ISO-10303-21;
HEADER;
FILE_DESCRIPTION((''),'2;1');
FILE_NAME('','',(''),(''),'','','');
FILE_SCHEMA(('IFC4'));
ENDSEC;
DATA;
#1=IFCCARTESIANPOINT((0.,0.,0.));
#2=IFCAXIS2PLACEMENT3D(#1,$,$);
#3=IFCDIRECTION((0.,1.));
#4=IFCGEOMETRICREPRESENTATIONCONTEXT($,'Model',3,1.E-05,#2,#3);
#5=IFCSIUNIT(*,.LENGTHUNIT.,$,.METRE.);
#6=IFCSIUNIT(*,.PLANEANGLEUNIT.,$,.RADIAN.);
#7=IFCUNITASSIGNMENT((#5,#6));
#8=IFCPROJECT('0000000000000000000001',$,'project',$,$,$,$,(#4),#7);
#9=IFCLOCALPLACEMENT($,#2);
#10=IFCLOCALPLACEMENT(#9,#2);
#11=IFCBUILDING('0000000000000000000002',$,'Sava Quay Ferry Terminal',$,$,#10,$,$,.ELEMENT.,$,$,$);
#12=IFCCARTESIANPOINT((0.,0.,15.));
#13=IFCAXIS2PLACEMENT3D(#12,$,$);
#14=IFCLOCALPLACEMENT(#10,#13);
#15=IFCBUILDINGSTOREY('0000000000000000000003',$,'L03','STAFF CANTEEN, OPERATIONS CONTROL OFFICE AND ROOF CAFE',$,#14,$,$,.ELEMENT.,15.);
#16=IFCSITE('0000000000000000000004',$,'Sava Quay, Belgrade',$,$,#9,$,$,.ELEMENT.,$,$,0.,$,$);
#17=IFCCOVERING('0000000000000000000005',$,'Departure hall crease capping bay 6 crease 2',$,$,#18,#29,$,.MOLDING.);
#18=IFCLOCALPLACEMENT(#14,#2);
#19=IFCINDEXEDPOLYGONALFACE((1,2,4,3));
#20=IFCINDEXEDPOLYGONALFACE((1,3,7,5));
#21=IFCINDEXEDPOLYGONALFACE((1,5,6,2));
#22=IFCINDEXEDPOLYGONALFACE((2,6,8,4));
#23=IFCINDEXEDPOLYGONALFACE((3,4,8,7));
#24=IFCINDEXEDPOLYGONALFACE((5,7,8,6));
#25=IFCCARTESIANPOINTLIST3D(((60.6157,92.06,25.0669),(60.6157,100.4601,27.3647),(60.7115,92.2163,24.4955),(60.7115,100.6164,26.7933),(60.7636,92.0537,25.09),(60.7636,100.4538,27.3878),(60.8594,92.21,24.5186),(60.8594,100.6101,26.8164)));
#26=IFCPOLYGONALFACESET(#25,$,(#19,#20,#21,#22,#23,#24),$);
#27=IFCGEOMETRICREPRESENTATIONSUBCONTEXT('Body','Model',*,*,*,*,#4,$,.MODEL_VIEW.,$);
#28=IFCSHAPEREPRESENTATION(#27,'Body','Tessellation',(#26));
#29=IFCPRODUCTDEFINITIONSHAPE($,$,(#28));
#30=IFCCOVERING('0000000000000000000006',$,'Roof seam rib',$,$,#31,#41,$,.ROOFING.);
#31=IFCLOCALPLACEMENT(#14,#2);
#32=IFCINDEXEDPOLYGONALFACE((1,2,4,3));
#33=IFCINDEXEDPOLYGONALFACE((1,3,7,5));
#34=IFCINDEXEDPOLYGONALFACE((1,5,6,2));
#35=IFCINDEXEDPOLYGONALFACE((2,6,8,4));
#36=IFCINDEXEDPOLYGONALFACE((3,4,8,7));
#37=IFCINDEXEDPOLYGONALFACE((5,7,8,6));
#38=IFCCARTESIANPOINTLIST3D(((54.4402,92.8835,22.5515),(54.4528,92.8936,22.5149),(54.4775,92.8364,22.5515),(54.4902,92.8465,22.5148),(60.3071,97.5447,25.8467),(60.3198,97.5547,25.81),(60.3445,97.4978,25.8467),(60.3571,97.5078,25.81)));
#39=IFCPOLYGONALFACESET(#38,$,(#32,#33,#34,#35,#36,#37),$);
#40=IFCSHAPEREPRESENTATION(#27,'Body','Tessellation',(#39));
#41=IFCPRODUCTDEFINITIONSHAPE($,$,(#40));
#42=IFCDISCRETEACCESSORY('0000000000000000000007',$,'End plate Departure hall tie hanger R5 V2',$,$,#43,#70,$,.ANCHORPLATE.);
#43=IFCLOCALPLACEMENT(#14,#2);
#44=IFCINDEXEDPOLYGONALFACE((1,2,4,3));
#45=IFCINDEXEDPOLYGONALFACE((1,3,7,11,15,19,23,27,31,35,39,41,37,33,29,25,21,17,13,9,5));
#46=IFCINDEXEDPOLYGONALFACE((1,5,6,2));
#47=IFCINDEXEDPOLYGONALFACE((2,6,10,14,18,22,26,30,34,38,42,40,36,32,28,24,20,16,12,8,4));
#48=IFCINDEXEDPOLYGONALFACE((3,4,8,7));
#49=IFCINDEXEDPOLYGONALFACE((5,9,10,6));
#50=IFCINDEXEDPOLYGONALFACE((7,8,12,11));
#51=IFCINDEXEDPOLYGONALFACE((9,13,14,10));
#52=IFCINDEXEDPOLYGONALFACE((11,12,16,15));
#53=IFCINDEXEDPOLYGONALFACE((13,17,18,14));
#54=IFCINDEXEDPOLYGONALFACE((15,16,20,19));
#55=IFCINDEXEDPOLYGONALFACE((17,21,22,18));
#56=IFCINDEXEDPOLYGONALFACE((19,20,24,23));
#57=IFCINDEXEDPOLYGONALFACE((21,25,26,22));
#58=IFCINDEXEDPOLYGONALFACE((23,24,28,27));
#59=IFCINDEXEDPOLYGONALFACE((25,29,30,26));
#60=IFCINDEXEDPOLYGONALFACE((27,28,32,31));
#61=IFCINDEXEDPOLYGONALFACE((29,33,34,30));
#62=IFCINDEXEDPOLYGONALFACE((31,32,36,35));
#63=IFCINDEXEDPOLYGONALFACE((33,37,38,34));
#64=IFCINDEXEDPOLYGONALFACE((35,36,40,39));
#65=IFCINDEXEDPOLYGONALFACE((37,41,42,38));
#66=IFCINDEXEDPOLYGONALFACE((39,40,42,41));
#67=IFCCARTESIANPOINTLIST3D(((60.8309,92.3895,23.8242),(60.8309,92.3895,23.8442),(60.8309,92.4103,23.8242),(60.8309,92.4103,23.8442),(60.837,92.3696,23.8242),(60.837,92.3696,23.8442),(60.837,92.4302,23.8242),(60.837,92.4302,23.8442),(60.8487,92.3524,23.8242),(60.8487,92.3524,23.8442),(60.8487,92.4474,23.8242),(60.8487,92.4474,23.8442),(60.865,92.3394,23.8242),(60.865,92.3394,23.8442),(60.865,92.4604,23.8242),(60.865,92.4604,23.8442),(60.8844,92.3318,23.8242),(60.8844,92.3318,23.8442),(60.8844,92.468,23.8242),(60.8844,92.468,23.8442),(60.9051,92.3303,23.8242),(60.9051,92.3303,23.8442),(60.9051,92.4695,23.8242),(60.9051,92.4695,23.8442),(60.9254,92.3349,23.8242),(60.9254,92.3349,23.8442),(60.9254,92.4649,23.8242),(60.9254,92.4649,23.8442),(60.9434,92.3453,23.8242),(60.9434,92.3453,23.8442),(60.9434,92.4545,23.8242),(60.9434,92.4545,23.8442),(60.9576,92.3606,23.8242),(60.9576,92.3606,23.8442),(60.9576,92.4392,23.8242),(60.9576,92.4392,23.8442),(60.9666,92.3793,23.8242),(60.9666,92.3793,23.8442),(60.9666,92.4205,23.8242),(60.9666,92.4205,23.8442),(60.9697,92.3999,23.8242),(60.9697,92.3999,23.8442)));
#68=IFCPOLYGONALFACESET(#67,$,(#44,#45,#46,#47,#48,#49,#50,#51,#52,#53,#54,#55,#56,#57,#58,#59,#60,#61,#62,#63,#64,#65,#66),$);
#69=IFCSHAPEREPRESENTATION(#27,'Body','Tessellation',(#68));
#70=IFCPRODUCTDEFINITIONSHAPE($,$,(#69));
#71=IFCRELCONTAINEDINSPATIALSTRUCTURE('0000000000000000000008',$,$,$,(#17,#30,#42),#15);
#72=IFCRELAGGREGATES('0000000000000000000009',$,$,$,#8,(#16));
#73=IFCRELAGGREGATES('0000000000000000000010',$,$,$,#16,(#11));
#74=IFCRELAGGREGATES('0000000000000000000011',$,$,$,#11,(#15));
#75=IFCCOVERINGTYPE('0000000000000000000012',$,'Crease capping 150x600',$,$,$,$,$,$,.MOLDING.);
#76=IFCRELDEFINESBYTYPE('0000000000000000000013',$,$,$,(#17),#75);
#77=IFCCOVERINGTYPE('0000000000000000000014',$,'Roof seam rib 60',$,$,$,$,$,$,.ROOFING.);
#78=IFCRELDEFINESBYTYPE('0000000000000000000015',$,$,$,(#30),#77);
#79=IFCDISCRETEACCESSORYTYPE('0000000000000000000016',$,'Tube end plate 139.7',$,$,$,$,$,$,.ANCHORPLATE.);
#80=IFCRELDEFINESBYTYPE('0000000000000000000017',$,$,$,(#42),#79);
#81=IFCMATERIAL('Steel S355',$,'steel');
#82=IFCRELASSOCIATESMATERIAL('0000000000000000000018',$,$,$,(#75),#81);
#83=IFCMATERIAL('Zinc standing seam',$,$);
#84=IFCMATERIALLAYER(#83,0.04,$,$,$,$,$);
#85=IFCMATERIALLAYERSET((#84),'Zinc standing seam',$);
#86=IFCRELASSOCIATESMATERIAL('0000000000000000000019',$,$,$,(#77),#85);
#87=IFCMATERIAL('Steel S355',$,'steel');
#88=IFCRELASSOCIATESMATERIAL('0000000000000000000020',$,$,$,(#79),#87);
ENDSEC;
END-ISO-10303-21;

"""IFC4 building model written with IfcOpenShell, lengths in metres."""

from ifc_helpers import new_model, si_unit, direction, frame, origin, origin_2d, place, context, subcontext, project, spatial, polyline, rectangle, circle, outline, extrude, material, layer, layer_set, material_profile, profile_set, type_object, element, save


model = new_model("IFC4")

# Units and contexts
model_context = context("Model", 3, precision=1e-05, world=origin(), true_north=direction((0.0, 1.0)))
body_context = subcontext(model_context, "Body", "Model", "MODEL_VIEW")
ifc_project = project(units=[si_unit("LENGTHUNIT", "METRE"), si_unit("PLANEANGLEUNIT", "RADIAN")], contexts=[model_context])

# Site, building, storey
site_placement = place(None, origin())
site = spatial("IfcSite", under=ifc_project, at=site_placement, Name="Sava Quay, Belgrade", CompositionType="ELEMENT", RefElevation=0.0)
building_placement = place(site_placement, origin())
building = spatial("IfcBuilding", under=site, at=building_placement, Name="Sava Quay Ferry Terminal", CompositionType="ELEMENT")
storey_placement = place(building_placement, frame((0.0, 0.0, 15.0)))
storey = spatial("IfcBuildingStorey", under=building, at=storey_placement, Name="L03", Description="STAFF CANTEEN, OPERATIONS CONTROL OFFICE AND ROOF CAFE", CompositionType="ELEMENT", Elevation=15.0)

# Coverings
ifc_material_1 = material(Name="Steel S355", Category="steel")
ifc_material_profile_1 = material_profile(ifc_material_1, rectangle(XDim=0.1499, YDim=0.6001, at=origin_2d()), Name="Cap 150 x 600")
ifc_profile_set_1 = profile_set([ifc_material_profile_1], Name="Steel S355")
covering_type_1 = type_object("IfcCoveringType", Name="Crease capping 150x600", PredefinedType="MOLDING", material=ifc_profile_set_1)
covering_1_placement = place(storey_placement, frame((60.7375, 92.135, 24.7927), z_axis=(0.0, 0.964562, 0.263855), x_axis=(-0.987175, 0.042123, -0.153987)))
element("IfcCovering", 1, at=covering_1_placement, inside=storey, type_object=covering_type_1, Name="Departure hall crease capping bay 6 crease 2", PredefinedType="MOLDING", context=body_context, shape_type="SweptSolid", body=[
    extrude(rectangle(XDim=0.1499, YDim=0.6001, at=origin_2d()), origin(), (0.0, 0.0, 1.0), 8.7087),
])
ifc_material_2 = material(Name="Zinc standing seam")
ifc_layer_1 = layer(ifc_material_2, 0.04)
ifc_layer_set_1 = layer_set([ifc_layer_1], Name="Zinc standing seam")
covering_type_2 = type_object("IfcCoveringType", Name="Roof seam rib 60", PredefinedType="ROOFING", material=ifc_layer_set_1)
covering_2_placement = place(storey_placement, frame((54.4402, 92.8835, 22.5515), z_axis=(-0.315135, -0.250471, 0.915398), x_axis=(0.716734, 0.569426, 0.402549)))
element("IfcCovering", 2, at=covering_2_placement, inside=storey, type_object=covering_type_2, Name="Roof seam rib", PredefinedType="ROOFING", context=body_context, shape_type="SweptSolid", body=[
    extrude(outline(polyline([(0.0, 0.0), (8.1857, 0.0), (8.1858, -0.0599), (-0.0001, -0.0601), (0.0, 0.0)])), origin(), (0.0, 0.0, -1.0), 0.04),
])

# Discrete accessory
ifc_material_3 = material(Name="Steel S355", Category="steel")
ifc_material_profile_2 = material_profile(ifc_material_3, circle(Radius=0.0698, at=origin_2d()), Name="Plate 139.7 dia x 20")
ifc_profile_set_2 = profile_set([ifc_material_profile_2], Name="Steel S355")
discrete_accessory_type = type_object("IfcDiscreteAccessoryType", Name="Tube end plate 139.7", PredefinedType="ANCHORPLATE", material=ifc_profile_set_2)
discrete_accessory_placement = place(storey_placement, frame((60.8999, 92.3999, 23.8242), z_axis=(0.0, 0.0, 1.0), x_axis=(1.0, 0.0, 0.0)))
element("IfcDiscreteAccessory", 3, at=discrete_accessory_placement, inside=storey, type_object=discrete_accessory_type, Name="End plate Departure hall tie hanger R5 V2", PredefinedType="ANCHORPLATE", context=body_context, shape_type="SweptSolid", body=[
    extrude(circle(Radius=0.0698, at=origin_2d()), origin(), (0.0, 0.0, 1.0), 0.02),
])

save(model, "model.ifc")
